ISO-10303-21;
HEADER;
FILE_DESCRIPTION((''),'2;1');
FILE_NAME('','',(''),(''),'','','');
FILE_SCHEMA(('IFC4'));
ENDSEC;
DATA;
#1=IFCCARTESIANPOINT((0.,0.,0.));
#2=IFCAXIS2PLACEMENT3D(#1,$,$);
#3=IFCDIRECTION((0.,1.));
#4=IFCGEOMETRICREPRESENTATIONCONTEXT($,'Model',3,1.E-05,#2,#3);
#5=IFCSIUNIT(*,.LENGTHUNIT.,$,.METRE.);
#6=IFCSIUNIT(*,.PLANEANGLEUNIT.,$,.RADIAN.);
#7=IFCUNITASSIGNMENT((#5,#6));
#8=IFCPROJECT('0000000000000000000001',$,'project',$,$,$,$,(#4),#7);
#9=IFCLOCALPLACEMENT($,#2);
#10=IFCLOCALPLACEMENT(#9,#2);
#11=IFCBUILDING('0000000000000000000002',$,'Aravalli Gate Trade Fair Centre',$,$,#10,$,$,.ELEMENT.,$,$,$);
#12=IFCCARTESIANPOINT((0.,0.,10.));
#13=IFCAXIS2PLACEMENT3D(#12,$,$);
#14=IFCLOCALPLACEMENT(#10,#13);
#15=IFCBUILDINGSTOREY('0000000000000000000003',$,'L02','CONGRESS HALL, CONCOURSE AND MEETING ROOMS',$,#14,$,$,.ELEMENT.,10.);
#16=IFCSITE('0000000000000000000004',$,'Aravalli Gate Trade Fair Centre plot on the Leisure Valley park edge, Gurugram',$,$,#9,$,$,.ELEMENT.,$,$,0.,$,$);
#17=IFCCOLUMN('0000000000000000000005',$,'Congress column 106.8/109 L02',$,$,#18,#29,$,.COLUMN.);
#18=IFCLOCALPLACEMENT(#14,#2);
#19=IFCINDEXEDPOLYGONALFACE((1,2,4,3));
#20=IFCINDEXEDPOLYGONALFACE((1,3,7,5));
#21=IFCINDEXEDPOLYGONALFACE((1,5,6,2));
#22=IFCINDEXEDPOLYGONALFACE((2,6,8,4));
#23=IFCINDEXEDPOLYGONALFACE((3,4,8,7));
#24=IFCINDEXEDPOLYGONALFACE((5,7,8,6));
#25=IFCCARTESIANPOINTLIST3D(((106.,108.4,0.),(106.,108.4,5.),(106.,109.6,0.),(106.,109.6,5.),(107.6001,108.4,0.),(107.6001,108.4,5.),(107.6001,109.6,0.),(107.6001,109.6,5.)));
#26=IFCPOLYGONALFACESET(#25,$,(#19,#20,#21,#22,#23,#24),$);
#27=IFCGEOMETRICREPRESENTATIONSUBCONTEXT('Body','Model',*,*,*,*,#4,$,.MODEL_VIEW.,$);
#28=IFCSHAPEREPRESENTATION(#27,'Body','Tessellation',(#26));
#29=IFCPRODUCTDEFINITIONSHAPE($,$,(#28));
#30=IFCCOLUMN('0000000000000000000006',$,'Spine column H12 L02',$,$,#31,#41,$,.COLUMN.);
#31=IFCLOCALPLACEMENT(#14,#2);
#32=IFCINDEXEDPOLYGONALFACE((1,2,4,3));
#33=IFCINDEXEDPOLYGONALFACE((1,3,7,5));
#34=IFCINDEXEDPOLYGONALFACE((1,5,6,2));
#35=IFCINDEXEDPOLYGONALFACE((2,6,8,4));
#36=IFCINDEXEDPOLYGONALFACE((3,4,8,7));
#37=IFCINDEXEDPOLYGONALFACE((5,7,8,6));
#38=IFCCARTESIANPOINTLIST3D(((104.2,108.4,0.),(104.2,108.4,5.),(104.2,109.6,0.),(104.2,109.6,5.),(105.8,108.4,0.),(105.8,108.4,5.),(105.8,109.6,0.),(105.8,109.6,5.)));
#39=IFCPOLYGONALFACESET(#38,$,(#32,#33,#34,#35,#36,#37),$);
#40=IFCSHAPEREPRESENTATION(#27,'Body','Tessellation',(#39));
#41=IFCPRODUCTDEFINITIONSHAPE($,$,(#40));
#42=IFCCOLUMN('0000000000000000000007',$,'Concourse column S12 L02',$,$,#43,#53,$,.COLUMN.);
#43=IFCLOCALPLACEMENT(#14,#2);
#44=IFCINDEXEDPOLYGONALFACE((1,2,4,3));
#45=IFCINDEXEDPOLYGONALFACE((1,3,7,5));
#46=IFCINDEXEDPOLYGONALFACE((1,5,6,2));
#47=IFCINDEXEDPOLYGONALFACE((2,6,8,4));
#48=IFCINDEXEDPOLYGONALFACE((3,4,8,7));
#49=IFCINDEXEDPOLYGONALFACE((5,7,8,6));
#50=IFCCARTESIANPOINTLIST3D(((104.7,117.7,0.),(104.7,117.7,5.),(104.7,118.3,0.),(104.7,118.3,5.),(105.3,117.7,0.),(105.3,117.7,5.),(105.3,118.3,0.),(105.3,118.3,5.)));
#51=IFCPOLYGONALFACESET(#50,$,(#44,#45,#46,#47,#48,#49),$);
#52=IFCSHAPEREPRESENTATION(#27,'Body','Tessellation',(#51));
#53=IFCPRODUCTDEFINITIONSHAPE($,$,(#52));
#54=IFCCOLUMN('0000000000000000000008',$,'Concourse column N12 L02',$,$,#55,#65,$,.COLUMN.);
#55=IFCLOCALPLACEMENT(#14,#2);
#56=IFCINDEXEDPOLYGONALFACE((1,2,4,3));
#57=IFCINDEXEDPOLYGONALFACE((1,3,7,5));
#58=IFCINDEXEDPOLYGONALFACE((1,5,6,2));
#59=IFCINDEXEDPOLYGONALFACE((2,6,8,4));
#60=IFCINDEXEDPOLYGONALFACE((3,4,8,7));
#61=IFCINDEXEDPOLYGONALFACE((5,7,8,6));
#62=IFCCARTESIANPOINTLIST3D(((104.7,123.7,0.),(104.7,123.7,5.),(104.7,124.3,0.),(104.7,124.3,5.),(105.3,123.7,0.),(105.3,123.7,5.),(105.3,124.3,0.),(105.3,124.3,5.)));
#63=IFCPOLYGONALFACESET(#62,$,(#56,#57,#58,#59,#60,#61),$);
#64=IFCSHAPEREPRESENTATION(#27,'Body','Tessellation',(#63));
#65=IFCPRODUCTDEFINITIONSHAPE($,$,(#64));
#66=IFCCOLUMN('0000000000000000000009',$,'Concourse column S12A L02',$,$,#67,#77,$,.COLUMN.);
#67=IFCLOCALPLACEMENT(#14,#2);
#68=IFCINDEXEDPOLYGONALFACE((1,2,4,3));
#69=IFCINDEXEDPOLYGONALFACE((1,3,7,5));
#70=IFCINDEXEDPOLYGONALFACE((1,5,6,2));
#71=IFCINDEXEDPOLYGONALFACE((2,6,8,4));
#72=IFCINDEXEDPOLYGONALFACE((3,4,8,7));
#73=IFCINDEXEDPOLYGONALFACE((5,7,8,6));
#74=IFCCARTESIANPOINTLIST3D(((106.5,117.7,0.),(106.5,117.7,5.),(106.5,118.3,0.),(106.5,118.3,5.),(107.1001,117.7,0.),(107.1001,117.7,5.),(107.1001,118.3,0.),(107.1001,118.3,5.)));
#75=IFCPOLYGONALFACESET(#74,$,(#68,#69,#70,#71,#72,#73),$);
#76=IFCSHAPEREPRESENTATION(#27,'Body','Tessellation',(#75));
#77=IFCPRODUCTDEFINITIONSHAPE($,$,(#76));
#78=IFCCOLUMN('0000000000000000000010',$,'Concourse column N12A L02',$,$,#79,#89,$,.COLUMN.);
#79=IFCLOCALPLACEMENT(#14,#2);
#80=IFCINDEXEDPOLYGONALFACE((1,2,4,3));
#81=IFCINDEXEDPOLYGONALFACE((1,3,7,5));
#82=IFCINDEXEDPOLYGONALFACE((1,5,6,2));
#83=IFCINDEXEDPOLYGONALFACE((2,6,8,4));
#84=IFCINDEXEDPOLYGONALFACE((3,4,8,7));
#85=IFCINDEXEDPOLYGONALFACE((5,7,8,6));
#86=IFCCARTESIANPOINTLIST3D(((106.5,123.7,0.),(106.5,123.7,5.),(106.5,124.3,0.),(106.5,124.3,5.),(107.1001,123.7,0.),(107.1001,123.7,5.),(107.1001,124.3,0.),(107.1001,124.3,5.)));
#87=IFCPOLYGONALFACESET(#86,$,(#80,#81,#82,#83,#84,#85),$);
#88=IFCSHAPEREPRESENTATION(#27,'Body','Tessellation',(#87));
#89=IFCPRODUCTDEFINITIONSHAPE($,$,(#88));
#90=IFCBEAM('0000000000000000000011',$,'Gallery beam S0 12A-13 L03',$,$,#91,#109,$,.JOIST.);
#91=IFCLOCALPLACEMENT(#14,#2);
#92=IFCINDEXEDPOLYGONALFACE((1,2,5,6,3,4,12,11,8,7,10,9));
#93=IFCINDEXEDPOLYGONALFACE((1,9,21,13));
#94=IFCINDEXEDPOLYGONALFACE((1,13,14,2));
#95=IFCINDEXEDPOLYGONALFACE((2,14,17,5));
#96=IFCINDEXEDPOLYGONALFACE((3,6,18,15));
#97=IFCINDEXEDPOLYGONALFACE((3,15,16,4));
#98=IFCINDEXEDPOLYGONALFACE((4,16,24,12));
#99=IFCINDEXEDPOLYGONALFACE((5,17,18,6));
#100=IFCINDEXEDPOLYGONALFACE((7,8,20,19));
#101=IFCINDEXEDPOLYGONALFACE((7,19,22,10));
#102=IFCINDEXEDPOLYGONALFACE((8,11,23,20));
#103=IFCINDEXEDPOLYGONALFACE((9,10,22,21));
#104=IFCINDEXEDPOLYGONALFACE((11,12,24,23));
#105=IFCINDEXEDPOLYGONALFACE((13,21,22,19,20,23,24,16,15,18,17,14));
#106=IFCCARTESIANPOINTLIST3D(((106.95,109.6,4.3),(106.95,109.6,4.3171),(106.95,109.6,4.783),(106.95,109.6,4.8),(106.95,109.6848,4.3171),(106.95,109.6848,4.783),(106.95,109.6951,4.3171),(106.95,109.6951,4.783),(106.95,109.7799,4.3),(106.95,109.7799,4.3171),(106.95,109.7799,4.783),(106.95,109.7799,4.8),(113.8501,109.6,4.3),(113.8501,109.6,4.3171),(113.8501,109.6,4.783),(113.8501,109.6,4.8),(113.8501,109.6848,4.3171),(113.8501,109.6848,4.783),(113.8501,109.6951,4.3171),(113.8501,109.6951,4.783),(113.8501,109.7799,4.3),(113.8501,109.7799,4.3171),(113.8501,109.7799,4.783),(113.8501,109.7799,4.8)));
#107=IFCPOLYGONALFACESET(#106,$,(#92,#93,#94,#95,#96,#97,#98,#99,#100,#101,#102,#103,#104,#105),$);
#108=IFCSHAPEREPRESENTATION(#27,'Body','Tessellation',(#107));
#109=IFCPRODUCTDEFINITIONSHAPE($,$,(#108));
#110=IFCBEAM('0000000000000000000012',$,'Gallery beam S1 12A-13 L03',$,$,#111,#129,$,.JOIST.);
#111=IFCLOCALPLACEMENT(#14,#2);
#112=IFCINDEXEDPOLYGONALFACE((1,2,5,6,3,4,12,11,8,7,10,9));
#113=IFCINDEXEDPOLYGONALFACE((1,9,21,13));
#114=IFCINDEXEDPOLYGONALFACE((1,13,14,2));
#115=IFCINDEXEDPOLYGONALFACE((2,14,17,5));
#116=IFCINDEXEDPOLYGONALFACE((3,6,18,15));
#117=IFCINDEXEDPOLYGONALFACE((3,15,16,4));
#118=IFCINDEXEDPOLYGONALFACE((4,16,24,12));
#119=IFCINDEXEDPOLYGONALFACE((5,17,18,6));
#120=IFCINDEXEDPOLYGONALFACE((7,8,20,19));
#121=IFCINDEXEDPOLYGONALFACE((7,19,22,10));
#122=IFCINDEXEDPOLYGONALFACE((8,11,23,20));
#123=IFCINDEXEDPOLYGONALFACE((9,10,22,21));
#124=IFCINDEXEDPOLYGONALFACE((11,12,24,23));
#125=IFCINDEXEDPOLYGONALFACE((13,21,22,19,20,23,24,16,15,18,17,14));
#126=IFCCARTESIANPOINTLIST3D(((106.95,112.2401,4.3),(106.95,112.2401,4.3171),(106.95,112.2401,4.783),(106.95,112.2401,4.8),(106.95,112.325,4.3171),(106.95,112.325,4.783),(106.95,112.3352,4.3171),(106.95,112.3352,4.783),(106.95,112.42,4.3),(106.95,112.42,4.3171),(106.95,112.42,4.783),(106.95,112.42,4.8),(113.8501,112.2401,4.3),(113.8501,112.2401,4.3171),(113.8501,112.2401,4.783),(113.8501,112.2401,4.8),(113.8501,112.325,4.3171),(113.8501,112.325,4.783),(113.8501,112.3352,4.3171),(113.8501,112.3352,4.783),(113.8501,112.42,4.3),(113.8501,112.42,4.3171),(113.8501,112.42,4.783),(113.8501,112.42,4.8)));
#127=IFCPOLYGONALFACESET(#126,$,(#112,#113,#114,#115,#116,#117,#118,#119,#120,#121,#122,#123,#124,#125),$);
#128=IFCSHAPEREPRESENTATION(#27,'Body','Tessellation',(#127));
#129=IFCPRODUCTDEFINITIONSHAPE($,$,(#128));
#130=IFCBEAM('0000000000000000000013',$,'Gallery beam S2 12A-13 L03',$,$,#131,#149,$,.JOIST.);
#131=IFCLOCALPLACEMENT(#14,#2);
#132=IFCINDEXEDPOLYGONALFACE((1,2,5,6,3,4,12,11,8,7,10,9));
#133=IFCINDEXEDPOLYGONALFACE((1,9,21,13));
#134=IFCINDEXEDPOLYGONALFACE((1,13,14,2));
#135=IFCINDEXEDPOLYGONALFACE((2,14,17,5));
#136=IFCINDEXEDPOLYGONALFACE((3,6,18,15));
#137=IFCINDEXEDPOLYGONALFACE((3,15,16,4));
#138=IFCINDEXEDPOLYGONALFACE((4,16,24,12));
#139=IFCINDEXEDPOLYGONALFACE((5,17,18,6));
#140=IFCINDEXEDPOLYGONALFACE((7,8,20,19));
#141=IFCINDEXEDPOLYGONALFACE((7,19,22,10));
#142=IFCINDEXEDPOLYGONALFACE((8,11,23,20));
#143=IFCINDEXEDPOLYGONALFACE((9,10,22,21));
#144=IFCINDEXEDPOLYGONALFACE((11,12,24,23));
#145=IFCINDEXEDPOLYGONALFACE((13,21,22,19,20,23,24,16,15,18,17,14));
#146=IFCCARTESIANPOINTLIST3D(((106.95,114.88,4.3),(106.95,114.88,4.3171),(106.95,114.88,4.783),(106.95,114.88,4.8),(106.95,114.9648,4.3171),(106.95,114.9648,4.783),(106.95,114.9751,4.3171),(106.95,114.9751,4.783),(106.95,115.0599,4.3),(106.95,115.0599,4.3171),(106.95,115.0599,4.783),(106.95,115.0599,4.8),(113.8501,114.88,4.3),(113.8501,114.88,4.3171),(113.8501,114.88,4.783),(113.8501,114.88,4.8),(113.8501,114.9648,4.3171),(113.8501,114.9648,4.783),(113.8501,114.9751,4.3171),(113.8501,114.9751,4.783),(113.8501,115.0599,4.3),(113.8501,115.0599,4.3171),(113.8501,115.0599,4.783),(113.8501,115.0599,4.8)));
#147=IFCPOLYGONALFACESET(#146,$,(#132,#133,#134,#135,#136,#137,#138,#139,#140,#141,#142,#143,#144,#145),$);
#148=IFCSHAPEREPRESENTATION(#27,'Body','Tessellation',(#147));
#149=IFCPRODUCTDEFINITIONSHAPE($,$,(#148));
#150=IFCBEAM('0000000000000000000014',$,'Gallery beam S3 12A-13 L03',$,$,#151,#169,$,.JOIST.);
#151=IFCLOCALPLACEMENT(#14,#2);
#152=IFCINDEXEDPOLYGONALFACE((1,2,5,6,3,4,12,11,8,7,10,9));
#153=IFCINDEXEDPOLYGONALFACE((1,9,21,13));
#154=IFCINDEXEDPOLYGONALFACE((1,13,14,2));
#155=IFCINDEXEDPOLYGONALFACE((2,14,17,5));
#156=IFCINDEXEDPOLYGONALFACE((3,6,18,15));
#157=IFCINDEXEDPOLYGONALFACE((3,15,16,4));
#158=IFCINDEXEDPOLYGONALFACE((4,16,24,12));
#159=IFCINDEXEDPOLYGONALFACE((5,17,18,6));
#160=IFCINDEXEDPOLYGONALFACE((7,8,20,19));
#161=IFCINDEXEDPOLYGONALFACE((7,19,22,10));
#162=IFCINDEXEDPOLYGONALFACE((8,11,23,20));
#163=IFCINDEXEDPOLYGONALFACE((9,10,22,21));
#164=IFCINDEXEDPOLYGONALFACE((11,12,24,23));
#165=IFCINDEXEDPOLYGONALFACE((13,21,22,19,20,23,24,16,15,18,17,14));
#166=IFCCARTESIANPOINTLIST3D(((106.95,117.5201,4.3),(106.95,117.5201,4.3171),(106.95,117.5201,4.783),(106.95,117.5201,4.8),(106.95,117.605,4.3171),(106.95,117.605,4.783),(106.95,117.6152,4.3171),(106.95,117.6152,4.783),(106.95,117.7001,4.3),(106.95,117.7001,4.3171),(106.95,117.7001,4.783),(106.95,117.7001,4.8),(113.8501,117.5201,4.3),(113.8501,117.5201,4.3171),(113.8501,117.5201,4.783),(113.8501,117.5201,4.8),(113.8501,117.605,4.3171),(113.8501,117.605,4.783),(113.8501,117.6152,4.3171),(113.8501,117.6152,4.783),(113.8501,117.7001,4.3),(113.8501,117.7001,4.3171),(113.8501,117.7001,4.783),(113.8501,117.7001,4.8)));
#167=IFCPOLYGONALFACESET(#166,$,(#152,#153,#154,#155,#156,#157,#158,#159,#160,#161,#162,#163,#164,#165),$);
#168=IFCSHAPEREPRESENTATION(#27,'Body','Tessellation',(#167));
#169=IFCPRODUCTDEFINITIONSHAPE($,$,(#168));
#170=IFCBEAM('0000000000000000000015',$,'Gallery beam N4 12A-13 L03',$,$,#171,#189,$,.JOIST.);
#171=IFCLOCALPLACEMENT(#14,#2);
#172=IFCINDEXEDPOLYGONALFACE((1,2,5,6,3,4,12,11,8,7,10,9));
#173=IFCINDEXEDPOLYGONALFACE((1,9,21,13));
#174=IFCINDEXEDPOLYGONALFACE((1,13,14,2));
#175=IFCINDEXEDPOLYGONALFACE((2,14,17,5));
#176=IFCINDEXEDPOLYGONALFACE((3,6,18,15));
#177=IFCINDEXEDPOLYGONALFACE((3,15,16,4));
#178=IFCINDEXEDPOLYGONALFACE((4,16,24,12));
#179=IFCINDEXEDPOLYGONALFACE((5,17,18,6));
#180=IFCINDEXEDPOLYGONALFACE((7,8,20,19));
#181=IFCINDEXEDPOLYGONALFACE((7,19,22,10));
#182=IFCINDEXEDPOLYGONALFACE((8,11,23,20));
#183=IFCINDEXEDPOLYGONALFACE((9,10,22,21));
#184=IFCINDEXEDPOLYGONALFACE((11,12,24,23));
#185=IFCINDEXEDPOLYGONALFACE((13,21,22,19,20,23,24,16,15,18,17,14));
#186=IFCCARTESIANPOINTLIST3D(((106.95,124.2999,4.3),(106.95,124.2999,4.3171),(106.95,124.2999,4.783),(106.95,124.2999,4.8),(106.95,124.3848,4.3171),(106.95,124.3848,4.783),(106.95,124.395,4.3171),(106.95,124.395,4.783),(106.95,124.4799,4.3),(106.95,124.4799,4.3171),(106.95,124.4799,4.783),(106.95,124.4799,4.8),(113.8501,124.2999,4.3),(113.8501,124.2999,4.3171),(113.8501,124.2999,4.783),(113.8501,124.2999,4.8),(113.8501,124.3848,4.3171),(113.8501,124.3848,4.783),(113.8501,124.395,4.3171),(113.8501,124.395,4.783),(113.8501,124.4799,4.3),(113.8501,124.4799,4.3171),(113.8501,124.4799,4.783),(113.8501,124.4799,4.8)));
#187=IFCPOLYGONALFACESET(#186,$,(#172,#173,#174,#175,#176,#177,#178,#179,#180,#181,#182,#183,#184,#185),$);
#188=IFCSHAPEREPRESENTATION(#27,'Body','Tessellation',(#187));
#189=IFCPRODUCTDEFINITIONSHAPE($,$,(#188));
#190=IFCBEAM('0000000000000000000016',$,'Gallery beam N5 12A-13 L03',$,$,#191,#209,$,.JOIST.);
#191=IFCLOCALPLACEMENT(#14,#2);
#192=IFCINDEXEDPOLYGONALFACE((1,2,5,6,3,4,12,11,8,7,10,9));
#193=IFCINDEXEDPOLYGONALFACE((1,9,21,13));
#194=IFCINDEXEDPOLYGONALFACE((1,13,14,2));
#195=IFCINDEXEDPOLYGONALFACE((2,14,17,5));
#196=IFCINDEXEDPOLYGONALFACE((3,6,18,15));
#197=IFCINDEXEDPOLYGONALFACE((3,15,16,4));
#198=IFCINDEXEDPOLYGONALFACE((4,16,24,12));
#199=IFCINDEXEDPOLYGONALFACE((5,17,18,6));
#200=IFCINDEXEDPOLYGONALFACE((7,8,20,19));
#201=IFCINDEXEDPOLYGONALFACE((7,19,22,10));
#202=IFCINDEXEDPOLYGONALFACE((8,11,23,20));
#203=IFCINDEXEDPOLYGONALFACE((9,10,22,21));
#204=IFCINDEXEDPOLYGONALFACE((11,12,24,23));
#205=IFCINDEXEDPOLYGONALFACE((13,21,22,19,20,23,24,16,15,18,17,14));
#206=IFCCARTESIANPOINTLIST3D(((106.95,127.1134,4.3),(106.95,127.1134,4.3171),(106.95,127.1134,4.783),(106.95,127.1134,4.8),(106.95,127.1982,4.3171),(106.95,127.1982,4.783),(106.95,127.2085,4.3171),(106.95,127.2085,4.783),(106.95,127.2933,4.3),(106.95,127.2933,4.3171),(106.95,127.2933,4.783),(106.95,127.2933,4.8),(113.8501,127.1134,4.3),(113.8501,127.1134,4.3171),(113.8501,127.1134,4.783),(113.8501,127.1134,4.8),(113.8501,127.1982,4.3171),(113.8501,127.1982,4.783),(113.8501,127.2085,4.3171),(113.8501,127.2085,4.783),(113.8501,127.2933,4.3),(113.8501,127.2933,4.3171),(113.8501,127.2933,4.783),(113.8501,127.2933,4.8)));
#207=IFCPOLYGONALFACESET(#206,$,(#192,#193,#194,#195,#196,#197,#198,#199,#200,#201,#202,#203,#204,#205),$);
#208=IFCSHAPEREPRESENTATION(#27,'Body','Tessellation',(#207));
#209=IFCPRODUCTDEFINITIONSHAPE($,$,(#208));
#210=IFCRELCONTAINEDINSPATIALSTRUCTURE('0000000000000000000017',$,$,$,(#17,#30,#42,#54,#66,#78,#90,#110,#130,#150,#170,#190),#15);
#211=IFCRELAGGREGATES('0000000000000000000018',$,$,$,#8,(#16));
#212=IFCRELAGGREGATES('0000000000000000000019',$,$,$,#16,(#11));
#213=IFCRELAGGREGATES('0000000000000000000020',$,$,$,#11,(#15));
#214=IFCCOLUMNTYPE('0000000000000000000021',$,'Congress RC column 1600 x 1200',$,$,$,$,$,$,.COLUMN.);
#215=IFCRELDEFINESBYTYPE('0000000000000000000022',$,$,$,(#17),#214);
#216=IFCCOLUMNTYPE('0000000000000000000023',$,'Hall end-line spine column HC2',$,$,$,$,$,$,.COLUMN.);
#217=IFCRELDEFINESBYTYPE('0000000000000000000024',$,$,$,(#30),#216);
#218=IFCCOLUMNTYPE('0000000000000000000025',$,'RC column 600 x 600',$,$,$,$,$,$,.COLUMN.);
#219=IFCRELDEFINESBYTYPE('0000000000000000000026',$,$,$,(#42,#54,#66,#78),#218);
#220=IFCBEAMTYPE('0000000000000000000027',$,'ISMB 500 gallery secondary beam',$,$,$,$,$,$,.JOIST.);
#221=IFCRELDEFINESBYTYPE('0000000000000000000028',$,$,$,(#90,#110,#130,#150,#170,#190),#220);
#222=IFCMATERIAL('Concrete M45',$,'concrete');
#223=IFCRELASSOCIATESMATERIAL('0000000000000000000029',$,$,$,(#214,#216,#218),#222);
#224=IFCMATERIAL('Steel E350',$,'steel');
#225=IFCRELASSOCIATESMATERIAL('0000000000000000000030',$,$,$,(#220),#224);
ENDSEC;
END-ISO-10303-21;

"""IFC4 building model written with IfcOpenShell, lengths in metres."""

from ifc_helpers import new_model, si_unit, direction, frame, origin, origin_2d, place, context, subcontext, project, spatial, rectangle, i_section, extrude, material, material_profile, profile_set, type_object, element, save


model = new_model("IFC4")

# Units and contexts
model_context = context("Model", 3, precision=1e-05, world=origin(), true_north=direction((0.0, 1.0)))
body_context = subcontext(model_context, "Body", "Model", "MODEL_VIEW")
ifc_project = project(units=[si_unit("LENGTHUNIT", "METRE"), si_unit("PLANEANGLEUNIT", "RADIAN")], contexts=[model_context])

# Site, building, storey
site_placement = place(None, origin())
site = spatial("IfcSite", under=ifc_project, at=site_placement, Name="Aravalli Gate Trade Fair Centre plot on the Leisure Valley park edge, Gurugram", CompositionType="ELEMENT", RefElevation=0.0)
building_placement = place(site_placement, origin())
building = spatial("IfcBuilding", under=site, at=building_placement, Name="Aravalli Gate Trade Fair Centre", CompositionType="ELEMENT")
storey_placement = place(building_placement, frame((0.0, 0.0, 10.0)))
storey = spatial("IfcBuildingStorey", under=building, at=storey_placement, Name="L02", Description="CONGRESS HALL, CONCOURSE AND MEETING ROOMS", CompositionType="ELEMENT", Elevation=10.0)

# Columns
ifc_material_1 = material(Name="Concrete M45", Category="concrete")
ifc_material_profile_1 = material_profile(ifc_material_1, rectangle(XDim=1.6001, YDim=1.2, at=origin_2d()), Name="RC 1600x1200")
ifc_profile_set_1 = profile_set([ifc_material_profile_1], Name="Concrete M45")
column_type_1 = type_object("IfcColumnType", Name="Congress RC column 1600 x 1200", PredefinedType="COLUMN", material=ifc_profile_set_1)
column_1_placement = place(storey_placement, frame((106.8, 109.0, 0.0), z_axis=(0.0, 0.0, 1.0), x_axis=(1.0, 0.0, 0.0)))
element("IfcColumn", 1, at=column_1_placement, inside=storey, type_object=column_type_1, Name="Congress column 106.8/109 L02", PredefinedType="COLUMN", context=body_context, shape_type="SweptSolid", body=[
    extrude(rectangle(XDim=1.6001, YDim=1.2, at=origin_2d()), origin(), (0.0, 0.0, 1.0), 5.0),
])
ifc_material_profile_2 = material_profile(ifc_material_1, rectangle(XDim=1.6001, YDim=1.2, at=origin_2d()), Name="RC 1600x1200")
ifc_profile_set_2 = profile_set([ifc_material_profile_2], Name="Concrete M45")
column_type_2 = type_object("IfcColumnType", Name="Hall end-line spine column HC2", PredefinedType="COLUMN", material=ifc_profile_set_2)
column_2_placement = place(storey_placement, frame((105.0, 109.0, 0.0), z_axis=(0.0, 0.0, 1.0), x_axis=(1.0, 0.0, 0.0)))
element("IfcColumn", 2, at=column_2_placement, inside=storey, type_object=column_type_2, Name="Spine column H12 L02", PredefinedType="COLUMN", context=body_context, shape_type="SweptSolid", body=[
    extrude(rectangle(XDim=1.6001, YDim=1.2, at=origin_2d()), origin(), (0.0, 0.0, 1.0), 5.0),
])
ifc_material_profile_3 = material_profile(ifc_material_1, rectangle(XDim=0.6001, YDim=0.6001, at=origin_2d()), Name="RC column 600 x 600")
ifc_profile_set_3 = profile_set([ifc_material_profile_3], Name="Concrete M45")
column_type_3 = type_object("IfcColumnType", Name="RC column 600 x 600", PredefinedType="COLUMN", material=ifc_profile_set_3)
for number, where, z_axis, x_axis, name in (
    (3, (105.0, 118.0, 0.0), (0.0, 0.0, 1.0), (1.0, 0.0, 0.0), "Concourse column S12 L02"),
    (4, (105.0, 124.0, 0.0), (0.0, 0.0, 1.0), (1.0, 0.0, 0.0), "Concourse column N12 L02"),
    (5, (106.8, 118.0, 0.0), (0.0, 0.0, 1.0), (1.0, 0.0, 0.0), "Concourse column S12A L02"),
    (6, (106.8, 124.0, 0.0), (0.0, 0.0, 1.0), (1.0, 0.0, 0.0), "Concourse column N12A L02"),
):
    element("IfcColumn", number, at=place(storey_placement, frame(where, z_axis=z_axis, x_axis=x_axis)), inside=storey, type_object=column_type_3, Name=name, PredefinedType="COLUMN", context=body_context, shape_type="SweptSolid", body=[
        extrude(rectangle(XDim=0.6001, YDim=0.6001, at=origin_2d()), origin(), (0.0, 0.0, 1.0), 5.0),
    ])

# Beams
ifc_material_2 = material(Name="Steel E350", Category="steel")
ifc_material_profile_4 = material_profile(ifc_material_2, i_section(OverallWidth=0.1799, OverallDepth=0.5, WebThickness=0.0103, FlangeThickness=0.0171, at=origin_2d()), Name="ISMB 500")
ifc_profile_set_4 = profile_set([ifc_material_profile_4], Name="Steel E350")
beam_type_1 = type_object("IfcBeamType", Name="ISMB 500 gallery secondary beam", PredefinedType="JOIST", material=ifc_profile_set_4)
for number, where, z_axis, x_axis, name in (
    (7, (106.95, 109.6899, 4.55), (1.0, 0.0, 0.0), (0.0, 1.0, 0.0), "Gallery beam S0 12A-13 L03"),
    (8, (106.95, 112.3301, 4.55), (1.0, 0.0, 0.0), (0.0, 1.0, 0.0), "Gallery beam S1 12A-13 L03"),
    (9, (106.95, 114.97, 4.55), (1.0, 0.0, 0.0), (0.0, 1.0, 0.0), "Gallery beam S2 12A-13 L03"),
    (10, (106.95, 117.6101, 4.55), (1.0, 0.0, 0.0), (0.0, 1.0, 0.0), "Gallery beam S3 12A-13 L03"),
    (11, (106.95, 124.3899, 4.55), (1.0, 0.0, 0.0), (0.0, 1.0, 0.0), "Gallery beam N4 12A-13 L03"),
    (12, (106.95, 127.2034, 4.55), (1.0, 0.0, 0.0), (0.0, 1.0, 0.0), "Gallery beam N5 12A-13 L03"),
):
    element("IfcBeam", number, at=place(storey_placement, frame(where, z_axis=z_axis, x_axis=x_axis)), inside=storey, type_object=beam_type_1, Name=name, PredefinedType="JOIST", context=body_context, shape_type="SweptSolid", body=[
        extrude(i_section(OverallWidth=0.1799, OverallDepth=0.5, WebThickness=0.0103, FlangeThickness=0.0171, at=origin_2d()), origin(), (0.0, 0.0, 1.0), 6.9001),
    ])

save(model, "model.ifc")
